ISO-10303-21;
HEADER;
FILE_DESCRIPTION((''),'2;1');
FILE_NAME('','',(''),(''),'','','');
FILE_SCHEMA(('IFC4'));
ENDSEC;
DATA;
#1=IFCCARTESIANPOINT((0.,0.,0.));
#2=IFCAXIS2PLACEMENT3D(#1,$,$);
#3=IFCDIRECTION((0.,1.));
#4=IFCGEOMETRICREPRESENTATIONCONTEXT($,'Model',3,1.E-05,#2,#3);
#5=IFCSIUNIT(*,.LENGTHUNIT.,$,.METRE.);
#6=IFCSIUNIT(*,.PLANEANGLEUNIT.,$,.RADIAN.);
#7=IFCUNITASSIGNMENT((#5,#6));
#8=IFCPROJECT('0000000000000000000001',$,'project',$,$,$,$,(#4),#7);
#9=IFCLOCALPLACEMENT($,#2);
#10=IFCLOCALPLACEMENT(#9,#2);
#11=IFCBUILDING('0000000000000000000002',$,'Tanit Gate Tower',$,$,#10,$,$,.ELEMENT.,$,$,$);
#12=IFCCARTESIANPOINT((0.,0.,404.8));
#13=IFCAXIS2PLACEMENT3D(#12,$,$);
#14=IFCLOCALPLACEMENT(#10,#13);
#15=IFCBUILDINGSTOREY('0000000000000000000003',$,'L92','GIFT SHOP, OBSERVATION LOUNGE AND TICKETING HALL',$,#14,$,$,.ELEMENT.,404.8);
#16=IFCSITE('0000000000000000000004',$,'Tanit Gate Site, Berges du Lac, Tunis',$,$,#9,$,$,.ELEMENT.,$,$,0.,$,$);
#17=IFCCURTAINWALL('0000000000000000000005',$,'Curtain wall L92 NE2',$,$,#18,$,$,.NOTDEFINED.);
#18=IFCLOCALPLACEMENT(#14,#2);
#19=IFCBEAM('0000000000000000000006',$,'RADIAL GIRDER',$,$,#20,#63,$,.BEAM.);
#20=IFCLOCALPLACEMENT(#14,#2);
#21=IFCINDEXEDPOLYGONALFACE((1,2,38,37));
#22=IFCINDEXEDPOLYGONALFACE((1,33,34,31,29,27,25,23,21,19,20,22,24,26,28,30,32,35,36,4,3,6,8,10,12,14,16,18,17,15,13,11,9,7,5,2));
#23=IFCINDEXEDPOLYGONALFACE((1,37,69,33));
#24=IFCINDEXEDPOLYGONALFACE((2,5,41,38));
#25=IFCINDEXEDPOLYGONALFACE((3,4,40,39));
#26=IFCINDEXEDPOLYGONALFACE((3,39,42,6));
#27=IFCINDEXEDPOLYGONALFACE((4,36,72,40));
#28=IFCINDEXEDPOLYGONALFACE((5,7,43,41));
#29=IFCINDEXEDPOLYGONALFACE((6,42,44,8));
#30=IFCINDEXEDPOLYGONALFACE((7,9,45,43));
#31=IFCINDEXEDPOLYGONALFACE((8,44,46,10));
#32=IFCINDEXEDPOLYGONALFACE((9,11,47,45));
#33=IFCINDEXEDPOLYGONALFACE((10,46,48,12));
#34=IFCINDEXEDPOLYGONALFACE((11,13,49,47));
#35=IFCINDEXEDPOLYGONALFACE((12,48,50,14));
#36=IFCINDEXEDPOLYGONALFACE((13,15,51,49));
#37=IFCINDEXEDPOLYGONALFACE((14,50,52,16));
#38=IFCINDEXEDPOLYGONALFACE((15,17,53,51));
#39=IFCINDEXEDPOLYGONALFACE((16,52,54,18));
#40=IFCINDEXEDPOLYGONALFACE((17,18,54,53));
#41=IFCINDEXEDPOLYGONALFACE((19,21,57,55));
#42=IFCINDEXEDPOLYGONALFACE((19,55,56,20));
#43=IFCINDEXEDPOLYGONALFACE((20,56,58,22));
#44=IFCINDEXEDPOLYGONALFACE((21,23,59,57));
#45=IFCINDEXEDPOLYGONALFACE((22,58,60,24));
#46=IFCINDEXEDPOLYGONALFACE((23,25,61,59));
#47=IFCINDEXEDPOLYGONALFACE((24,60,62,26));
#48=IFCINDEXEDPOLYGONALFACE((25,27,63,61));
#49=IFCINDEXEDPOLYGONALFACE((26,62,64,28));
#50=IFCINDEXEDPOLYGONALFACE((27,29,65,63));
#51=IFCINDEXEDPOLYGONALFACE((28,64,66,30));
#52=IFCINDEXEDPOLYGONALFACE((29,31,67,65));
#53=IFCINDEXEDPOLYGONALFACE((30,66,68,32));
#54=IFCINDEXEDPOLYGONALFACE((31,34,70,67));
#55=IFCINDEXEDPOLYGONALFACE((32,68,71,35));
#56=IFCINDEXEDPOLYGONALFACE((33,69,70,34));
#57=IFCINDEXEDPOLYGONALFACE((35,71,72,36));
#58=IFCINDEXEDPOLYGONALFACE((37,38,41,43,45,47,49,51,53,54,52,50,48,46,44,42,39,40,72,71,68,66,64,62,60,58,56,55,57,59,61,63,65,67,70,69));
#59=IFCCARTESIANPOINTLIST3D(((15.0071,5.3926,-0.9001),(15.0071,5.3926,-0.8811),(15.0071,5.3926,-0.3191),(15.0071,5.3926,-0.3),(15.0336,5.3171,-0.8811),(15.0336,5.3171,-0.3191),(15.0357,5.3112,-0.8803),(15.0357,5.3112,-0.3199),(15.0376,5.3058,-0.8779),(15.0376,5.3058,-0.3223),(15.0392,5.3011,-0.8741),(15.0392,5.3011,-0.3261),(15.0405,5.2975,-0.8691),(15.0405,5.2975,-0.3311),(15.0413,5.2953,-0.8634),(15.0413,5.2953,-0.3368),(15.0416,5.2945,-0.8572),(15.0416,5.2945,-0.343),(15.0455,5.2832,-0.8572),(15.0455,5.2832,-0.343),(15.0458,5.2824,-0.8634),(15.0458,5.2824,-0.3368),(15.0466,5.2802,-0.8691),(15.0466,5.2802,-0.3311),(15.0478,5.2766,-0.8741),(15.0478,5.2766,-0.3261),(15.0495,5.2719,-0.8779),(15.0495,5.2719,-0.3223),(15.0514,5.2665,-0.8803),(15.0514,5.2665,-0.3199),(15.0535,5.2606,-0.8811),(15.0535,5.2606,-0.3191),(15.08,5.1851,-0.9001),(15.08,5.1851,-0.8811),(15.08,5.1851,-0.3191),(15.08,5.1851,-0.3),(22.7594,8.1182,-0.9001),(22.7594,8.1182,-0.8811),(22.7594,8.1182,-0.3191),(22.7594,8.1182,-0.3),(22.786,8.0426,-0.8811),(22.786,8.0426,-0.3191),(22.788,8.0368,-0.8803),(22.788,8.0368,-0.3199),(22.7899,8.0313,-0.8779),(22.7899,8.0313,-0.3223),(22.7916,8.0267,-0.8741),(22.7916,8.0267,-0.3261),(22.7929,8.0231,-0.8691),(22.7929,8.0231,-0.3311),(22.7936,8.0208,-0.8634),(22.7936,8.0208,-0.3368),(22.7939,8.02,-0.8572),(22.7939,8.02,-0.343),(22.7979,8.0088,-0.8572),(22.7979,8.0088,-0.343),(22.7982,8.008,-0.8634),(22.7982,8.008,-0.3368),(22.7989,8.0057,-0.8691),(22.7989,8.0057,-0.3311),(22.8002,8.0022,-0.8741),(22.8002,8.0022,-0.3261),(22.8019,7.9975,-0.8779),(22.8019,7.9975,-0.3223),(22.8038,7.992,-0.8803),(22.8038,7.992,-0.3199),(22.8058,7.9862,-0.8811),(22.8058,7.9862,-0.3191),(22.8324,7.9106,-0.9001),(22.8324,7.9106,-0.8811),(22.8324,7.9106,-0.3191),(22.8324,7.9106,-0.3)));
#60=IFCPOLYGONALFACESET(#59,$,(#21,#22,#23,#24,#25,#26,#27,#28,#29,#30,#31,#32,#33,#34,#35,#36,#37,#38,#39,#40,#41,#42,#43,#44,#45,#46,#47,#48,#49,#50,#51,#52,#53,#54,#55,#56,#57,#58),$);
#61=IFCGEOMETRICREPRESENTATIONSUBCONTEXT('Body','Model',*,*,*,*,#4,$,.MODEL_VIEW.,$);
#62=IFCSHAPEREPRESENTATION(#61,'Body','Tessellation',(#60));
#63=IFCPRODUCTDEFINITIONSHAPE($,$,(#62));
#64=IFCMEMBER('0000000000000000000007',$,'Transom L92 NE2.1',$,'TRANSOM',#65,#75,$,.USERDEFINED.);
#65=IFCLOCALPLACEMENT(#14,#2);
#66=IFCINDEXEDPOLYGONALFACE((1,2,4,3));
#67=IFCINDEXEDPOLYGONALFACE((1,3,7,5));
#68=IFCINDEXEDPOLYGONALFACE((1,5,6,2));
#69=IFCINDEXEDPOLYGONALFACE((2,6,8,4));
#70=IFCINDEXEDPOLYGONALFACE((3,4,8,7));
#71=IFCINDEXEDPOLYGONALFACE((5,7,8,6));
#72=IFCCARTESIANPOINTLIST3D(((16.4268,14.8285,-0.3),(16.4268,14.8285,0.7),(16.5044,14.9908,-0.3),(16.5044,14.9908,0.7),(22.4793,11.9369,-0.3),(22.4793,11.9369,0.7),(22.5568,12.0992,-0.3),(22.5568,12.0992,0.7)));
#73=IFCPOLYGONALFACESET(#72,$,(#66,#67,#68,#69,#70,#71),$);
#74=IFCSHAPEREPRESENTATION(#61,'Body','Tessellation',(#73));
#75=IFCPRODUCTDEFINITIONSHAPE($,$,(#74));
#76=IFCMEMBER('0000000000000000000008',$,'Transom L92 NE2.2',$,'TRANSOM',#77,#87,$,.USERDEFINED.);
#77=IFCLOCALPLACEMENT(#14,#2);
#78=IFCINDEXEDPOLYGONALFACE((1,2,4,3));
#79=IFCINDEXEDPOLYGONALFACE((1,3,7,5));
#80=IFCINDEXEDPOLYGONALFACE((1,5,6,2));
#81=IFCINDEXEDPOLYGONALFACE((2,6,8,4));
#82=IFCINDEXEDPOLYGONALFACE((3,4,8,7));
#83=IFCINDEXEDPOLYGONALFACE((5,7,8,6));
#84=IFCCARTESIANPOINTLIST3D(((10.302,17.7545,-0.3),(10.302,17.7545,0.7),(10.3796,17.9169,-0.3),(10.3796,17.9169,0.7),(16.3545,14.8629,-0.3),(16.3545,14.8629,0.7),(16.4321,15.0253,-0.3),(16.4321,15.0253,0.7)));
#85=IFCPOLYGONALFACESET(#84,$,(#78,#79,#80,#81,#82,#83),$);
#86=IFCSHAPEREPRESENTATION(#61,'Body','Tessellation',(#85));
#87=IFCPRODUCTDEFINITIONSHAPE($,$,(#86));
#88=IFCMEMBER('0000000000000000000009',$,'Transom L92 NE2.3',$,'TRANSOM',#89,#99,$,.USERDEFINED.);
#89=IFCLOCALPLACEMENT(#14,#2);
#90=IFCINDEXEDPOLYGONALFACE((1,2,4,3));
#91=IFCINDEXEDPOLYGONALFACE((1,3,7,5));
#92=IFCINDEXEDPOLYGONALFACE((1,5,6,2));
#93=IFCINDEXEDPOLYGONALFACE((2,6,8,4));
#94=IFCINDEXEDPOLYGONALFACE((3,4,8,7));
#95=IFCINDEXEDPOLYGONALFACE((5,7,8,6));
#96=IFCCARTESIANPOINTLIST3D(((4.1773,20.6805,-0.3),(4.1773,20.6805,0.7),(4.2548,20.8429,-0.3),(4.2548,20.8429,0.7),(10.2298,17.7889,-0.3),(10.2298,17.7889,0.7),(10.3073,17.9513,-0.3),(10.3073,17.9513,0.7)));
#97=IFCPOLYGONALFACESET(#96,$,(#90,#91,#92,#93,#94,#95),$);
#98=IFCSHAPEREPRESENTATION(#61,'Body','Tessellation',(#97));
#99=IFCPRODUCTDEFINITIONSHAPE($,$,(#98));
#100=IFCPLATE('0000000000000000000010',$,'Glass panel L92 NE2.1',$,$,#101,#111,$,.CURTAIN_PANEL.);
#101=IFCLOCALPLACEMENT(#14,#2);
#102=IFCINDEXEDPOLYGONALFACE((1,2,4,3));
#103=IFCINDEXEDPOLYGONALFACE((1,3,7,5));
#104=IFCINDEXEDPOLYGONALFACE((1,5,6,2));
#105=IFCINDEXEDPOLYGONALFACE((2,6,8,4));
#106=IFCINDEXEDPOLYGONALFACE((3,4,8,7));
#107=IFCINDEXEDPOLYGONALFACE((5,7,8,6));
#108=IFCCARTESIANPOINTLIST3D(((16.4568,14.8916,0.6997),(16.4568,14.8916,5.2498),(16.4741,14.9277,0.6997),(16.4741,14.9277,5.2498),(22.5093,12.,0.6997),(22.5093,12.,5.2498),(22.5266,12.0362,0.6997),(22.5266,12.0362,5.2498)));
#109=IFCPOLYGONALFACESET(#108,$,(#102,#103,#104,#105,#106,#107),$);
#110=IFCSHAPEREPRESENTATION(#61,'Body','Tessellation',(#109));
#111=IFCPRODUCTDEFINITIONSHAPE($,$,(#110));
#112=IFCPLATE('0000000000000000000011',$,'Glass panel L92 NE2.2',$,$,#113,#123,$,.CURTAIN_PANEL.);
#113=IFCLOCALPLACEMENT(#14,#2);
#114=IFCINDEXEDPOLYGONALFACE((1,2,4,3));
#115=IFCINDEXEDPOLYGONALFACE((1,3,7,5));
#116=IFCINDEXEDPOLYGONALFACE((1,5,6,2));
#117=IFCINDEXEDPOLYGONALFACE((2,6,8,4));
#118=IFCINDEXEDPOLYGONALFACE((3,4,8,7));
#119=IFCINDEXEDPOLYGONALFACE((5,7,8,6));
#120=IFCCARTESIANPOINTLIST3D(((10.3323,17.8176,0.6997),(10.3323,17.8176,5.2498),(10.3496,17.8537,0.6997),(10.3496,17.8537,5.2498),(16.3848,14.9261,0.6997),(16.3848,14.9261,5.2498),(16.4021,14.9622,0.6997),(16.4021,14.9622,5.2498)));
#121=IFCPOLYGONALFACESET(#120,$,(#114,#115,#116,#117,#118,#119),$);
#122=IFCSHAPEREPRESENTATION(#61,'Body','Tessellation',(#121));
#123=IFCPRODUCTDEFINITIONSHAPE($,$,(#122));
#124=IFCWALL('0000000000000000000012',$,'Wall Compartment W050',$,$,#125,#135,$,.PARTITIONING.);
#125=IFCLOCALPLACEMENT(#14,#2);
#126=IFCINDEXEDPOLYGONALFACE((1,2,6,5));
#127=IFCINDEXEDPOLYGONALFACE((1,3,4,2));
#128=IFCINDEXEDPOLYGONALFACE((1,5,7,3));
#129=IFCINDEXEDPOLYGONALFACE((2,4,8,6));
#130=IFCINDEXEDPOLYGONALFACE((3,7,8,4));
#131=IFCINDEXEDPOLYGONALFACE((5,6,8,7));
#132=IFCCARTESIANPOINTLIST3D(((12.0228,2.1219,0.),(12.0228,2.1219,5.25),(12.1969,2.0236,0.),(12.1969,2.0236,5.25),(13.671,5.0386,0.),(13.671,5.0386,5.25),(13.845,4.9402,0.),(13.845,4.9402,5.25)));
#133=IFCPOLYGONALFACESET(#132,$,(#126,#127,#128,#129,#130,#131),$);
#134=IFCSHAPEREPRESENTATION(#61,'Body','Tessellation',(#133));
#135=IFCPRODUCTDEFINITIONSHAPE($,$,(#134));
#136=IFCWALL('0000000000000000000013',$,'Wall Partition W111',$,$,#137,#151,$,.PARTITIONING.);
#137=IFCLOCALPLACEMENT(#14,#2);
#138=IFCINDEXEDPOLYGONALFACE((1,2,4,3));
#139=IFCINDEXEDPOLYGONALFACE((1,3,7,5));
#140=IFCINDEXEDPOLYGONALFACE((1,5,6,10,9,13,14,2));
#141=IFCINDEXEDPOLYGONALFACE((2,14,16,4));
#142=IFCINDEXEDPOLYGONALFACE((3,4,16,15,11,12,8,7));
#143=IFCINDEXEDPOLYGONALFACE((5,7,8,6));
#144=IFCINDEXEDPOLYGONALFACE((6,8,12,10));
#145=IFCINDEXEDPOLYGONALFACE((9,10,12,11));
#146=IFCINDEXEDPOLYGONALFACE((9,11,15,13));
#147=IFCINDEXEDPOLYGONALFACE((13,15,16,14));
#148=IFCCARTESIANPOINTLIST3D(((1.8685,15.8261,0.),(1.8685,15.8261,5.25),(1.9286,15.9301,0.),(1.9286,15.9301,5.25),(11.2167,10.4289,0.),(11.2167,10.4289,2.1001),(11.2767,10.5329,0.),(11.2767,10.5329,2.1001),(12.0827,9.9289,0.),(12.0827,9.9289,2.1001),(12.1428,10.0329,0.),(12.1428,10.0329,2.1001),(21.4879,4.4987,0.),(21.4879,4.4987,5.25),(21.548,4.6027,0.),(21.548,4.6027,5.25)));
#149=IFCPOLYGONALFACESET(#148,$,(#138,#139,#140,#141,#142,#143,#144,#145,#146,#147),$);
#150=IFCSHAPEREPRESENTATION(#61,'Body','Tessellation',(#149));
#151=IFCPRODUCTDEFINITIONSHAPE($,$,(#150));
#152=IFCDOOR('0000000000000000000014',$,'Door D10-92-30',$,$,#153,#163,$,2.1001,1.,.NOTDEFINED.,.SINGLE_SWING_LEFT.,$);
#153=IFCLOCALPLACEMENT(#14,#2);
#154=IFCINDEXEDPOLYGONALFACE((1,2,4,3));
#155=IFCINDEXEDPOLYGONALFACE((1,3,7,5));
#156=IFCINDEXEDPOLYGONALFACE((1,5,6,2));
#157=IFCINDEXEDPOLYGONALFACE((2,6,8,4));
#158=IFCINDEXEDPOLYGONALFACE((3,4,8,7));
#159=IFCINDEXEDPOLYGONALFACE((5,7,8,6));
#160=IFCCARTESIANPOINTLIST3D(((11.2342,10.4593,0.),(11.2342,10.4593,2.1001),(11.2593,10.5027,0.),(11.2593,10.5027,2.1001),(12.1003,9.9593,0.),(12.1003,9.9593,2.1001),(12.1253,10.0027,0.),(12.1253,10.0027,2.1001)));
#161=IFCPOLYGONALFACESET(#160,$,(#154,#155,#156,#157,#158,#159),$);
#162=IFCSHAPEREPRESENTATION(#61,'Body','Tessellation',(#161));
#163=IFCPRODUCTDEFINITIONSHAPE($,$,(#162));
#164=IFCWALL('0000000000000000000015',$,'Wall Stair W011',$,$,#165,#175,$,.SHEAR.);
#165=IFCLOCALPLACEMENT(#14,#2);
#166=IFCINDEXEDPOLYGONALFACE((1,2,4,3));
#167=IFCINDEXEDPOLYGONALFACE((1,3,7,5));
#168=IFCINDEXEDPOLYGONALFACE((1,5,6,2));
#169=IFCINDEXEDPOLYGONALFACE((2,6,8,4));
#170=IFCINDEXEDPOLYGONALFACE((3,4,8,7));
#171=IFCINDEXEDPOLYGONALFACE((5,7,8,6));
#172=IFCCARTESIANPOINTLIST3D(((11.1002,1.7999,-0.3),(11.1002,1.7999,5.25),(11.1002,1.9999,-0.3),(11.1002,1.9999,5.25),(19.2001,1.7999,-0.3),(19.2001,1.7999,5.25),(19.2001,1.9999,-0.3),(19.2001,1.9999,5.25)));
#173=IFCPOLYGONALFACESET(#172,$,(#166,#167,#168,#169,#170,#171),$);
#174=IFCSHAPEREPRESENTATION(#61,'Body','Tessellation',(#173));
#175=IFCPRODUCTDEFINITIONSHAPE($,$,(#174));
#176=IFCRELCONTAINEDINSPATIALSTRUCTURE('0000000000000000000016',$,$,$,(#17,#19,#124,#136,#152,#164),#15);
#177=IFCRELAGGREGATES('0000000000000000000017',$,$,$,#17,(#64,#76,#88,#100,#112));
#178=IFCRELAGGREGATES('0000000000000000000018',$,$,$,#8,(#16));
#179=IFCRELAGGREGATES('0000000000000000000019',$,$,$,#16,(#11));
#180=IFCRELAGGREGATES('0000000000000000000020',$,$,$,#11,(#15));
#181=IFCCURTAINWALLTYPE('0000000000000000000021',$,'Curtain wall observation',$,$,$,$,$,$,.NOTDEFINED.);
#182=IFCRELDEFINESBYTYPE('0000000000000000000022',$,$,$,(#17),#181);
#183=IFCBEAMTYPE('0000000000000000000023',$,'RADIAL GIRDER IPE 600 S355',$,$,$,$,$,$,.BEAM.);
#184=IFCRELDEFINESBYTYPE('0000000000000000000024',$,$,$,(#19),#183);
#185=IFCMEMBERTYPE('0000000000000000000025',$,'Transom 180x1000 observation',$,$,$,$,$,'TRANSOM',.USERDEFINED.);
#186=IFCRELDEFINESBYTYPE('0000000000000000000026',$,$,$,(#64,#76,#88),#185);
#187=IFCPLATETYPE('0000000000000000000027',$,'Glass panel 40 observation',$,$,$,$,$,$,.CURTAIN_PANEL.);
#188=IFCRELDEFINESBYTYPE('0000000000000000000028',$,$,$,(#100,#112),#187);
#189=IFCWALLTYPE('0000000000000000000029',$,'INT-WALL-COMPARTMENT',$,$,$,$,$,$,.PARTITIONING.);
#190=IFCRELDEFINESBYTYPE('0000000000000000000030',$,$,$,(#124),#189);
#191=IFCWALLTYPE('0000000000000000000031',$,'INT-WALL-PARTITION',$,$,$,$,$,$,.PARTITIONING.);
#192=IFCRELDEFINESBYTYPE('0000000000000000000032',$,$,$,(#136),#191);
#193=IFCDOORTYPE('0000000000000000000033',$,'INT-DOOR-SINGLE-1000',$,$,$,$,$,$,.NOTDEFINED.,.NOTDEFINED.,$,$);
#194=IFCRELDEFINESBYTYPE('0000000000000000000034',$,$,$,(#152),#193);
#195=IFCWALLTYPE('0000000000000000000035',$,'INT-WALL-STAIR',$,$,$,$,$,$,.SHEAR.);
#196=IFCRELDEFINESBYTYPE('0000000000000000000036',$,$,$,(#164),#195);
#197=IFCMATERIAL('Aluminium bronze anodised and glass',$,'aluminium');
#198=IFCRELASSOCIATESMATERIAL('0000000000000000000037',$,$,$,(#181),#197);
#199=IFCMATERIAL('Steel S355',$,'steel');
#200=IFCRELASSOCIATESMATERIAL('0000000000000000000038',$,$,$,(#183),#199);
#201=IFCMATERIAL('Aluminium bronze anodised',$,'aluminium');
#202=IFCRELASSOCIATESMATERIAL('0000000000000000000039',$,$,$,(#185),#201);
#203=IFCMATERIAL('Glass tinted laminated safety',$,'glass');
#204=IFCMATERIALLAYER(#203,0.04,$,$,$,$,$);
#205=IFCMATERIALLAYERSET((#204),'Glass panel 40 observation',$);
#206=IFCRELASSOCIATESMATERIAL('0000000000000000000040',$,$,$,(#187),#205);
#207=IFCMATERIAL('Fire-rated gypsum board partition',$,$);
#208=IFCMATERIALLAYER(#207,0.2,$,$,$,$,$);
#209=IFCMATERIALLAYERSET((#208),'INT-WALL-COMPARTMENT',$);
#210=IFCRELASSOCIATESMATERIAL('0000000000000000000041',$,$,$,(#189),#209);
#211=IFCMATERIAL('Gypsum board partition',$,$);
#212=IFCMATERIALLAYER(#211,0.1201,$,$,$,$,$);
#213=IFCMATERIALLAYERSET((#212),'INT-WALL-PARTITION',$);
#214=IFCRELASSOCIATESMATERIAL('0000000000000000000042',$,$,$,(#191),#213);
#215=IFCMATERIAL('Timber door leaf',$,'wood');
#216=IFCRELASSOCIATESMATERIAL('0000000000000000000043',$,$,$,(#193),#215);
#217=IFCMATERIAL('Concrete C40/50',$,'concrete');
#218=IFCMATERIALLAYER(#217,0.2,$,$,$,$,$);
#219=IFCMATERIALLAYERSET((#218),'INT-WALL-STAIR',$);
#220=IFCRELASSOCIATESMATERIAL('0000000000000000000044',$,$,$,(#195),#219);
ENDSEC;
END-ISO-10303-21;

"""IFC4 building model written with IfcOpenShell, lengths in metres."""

from ifc_helpers import new_model, si_unit, direction, frame, frame_2d, origin, origin_2d, place, context, subcontext, project, spatial, rectangle, i_section, extrude, material, layer, layer_set, material_profile, profile_set, type_object, element, fill, aggregate, save


model = new_model("IFC4")

# Units and contexts
model_context = context("Model", 3, precision=1e-05, world=origin(), true_north=direction((0.0, 1.0)))
body_context = subcontext(model_context, "Body", "Model", "MODEL_VIEW")
ifc_project = project(units=[si_unit("LENGTHUNIT", "METRE"), si_unit("PLANEANGLEUNIT", "RADIAN")], contexts=[model_context])

# Site, building, storey
site_placement = place(None, origin())
site = spatial("IfcSite", under=ifc_project, at=site_placement, Name="Tanit Gate Site, Berges du Lac, Tunis", CompositionType="ELEMENT", RefElevation=0.0)
building_placement = place(site_placement, origin())
building = spatial("IfcBuilding", under=site, at=building_placement, Name="Tanit Gate Tower", CompositionType="ELEMENT")
storey_placement = place(building_placement, frame((0.0, 0.0, 404.8)))
storey = spatial("IfcBuildingStorey", under=building, at=storey_placement, Name="L92", Description="GIFT SHOP, OBSERVATION LOUNGE AND TICKETING HALL", CompositionType="ELEMENT", Elevation=404.8)

# Shared definitions
ifc_material_1 = material(Name="Aluminium bronze anodised and glass", Category="aluminium")
curtain_wall_type = type_object("IfcCurtainWallType", Name="Curtain wall observation", PredefinedType="NOTDEFINED", material=ifc_material_1)

# Curtain wall
curtain_wall_1_placement = place(storey_placement, origin())
curtain_wall_1 = element("IfcCurtainWall", 1, at=curtain_wall_1_placement, inside=storey, type_object=curtain_wall_type, Name="Curtain wall L92 NE2", PredefinedType="NOTDEFINED")

# Beam
ifc_material_2 = material(Name="Steel S355", Category="steel")
ifc_material_profile_1 = material_profile(ifc_material_2, i_section(OverallWidth=0.22, OverallDepth=0.6001, WebThickness=0.012, FlangeThickness=0.019, FilletRadius=0.0239, at=origin_2d()), Name="IPE 600")
ifc_profile_set_1 = profile_set([ifc_material_profile_1], Name="Steel S355")
beam_type_1 = type_object("IfcBeamType", Name="RADIAL GIRDER IPE 600 S355", PredefinedType="BEAM", material=ifc_profile_set_1)
beam_1_placement = place(storey_placement, frame((22.7959, 8.0144, -0.6001), z_axis=(-0.943393, -0.331676, 0.0), x_axis=(0.331676, -0.943393, 0.0)))
element("IfcBeam", 2, at=beam_1_placement, inside=storey, type_object=beam_type_1, Name="RADIAL GIRDER", PredefinedType="BEAM", context=body_context, shape_type="SweptSolid", body=[
    extrude(i_section(OverallWidth=0.22, OverallDepth=0.6001, WebThickness=0.012, FlangeThickness=0.019, FilletRadius=0.0239, at=origin_2d()), origin(), (0.0, 0.0, 1.0), 8.2175),
])

# Members
ifc_material_3 = material(Name="Aluminium bronze anodised", Category="aluminium")
ifc_material_profile_2 = material_profile(ifc_material_3, rectangle(XDim=0.1799, YDim=1.0, at=origin_2d()), Name="180x1000 bronze transom")
ifc_profile_set_2 = profile_set([ifc_material_profile_2], Name="Aluminium bronze anodised")
member_type_1 = type_object("IfcMemberType", Name="Transom 180x1000 observation", ElementType="TRANSOM", PredefinedType="USERDEFINED", material=ifc_profile_set_2)
member_1_placement = place(storey_placement, frame((22.5181, 12.0181, 0.2), z_axis=(-0.902312, 0.431083, 0.0), x_axis=(-0.431083, -0.902312, 0.0)))
member_1 = element("IfcMember", 3, at=member_1_placement, type_object=member_type_1, Name="Transom L92 NE2.1", ObjectType="TRANSOM", PredefinedType="USERDEFINED", context=body_context, shape_type="SweptSolid", body=[
    extrude(rectangle(XDim=0.1799, YDim=1.0, at=origin_2d()), origin(), (0.0, 0.0, 1.0), 6.7078),
])
member_2_placement = place(storey_placement, frame((16.3933, 14.9441, 0.2), z_axis=(-0.902312, 0.431083, 0.0), x_axis=(-0.431083, -0.902312, 0.0)))
member_2 = element("IfcMember", 4, at=member_2_placement, type_object=member_type_1, Name="Transom L92 NE2.2", ObjectType="TRANSOM", PredefinedType="USERDEFINED", context=body_context, shape_type="SweptSolid", body=[
    extrude(rectangle(XDim=0.1799, YDim=1.0, at=origin_2d()), origin(), (0.0, 0.0, 1.0), 6.7078),
])
member_3_placement = place(storey_placement, frame((10.2686, 17.8701, 0.2), z_axis=(-0.902312, 0.431083, 0.0), x_axis=(-0.431083, -0.902312, 0.0)))
member_3 = element("IfcMember", 5, at=member_3_placement, type_object=member_type_1, Name="Transom L92 NE2.3", ObjectType="TRANSOM", PredefinedType="USERDEFINED", context=body_context, shape_type="SweptSolid", body=[
    extrude(rectangle(XDim=0.1799, YDim=1.0, at=origin_2d()), origin(), (0.0, 0.0, 1.0), 6.7078),
])

# Plates
ifc_material_4 = material(Name="Glass tinted laminated safety", Category="glass")
ifc_layer_1 = layer(ifc_material_4, 0.04)
ifc_layer_set_1 = layer_set([ifc_layer_1], Name="Glass panel 40 observation")
plate_type = type_object("IfcPlateType", Name="Glass panel 40 observation", PredefinedType="CURTAIN_PANEL", material=ifc_layer_set_1)
plate_1_placement = place(storey_placement, frame((19.4917, 13.4639, 0.6997), z_axis=(0.0, 0.0, 1.0), x_axis=(-0.902317, 0.431073, 0.0)))
plate_1 = element("IfcPlate", 6, at=plate_1_placement, type_object=plate_type, Name="Glass panel L92 NE2.1", PredefinedType="CURTAIN_PANEL", context=body_context, shape_type="SweptSolid", body=[
    extrude(rectangle(XDim=6.7078, YDim=0.04, at=origin_2d()), origin(), (0.0, 0.0, 1.0), 4.55),
])
plate_2_placement = place(storey_placement, frame((13.3672, 16.3899, 0.6997), z_axis=(0.0, 0.0, 1.0), x_axis=(-0.902317, 0.431073, 0.0)))
plate_2 = element("IfcPlate", 7, at=plate_2_placement, type_object=plate_type, Name="Glass panel L92 NE2.2", PredefinedType="CURTAIN_PANEL", context=body_context, shape_type="SweptSolid", body=[
    extrude(rectangle(XDim=6.7078, YDim=0.04, at=origin_2d()), origin(), (0.0, 0.0, 1.0), 4.55),
])
aggregate(curtain_wall_1, [member_1, member_2, member_3, plate_1, plate_2])

# Wall
ifc_material_5 = material(Name="Fire-rated gypsum board partition")
ifc_layer_2 = layer(ifc_material_5, 0.2)
ifc_layer_set_2 = layer_set([ifc_layer_2], Name="INT-WALL-COMPARTMENT")
wall_type_1 = type_object("IfcWallType", Name="INT-WALL-COMPARTMENT", PredefinedType="PARTITIONING", material=ifc_layer_set_2)
wall_1_placement = place(storey_placement, frame((12.1099, 2.0728, 0.0), z_axis=(0.0, 0.0, 1.0), x_axis=(0.491966, 0.870614, 0.0)))
element("IfcWall", 8, at=wall_1_placement, inside=storey, type_object=wall_type_1, Name="Wall Compartment W050", PredefinedType="PARTITIONING", context=body_context, shape_type="SweptSolid", body=[
    extrude(rectangle(XDim=3.3501, YDim=0.2, at=frame_2d((1.675, 0.0))), origin(), (0.0, 0.0, 1.0), 5.25),
])

# Wall, opening, door
ifc_material_6 = material(Name="Gypsum board partition")
ifc_layer_3 = layer(ifc_material_6, 0.1201)
ifc_layer_set_3 = layer_set([ifc_layer_3], Name="INT-WALL-PARTITION")
wall_type_2 = type_object("IfcWallType", Name="INT-WALL-PARTITION", PredefinedType="PARTITIONING", material=ifc_layer_set_3)
wall_2_placement = place(storey_placement, frame((21.5178, 4.5508, 0.0), z_axis=(0.0, 0.0, 1.0), x_axis=(-0.866023, 0.500004, 0.0)))
wall_2 = element("IfcWall", 9, at=wall_2_placement, inside=storey, type_object=wall_type_2, Name="Wall Partition W111", PredefinedType="PARTITIONING", context=body_context, shape_type="SweptSolid", body=[
    extrude(rectangle(XDim=22.6545, YDim=0.1201, at=frame_2d((11.3271, 0.0))), origin(), (0.0, 0.0, 1.0), 5.25),
])
opening_1_placement = place(wall_2_placement, frame((10.8601, 0.0, 0.0)))
opening_1 = element("IfcOpeningElement", 10, at=opening_1_placement, cuts=wall_2, PredefinedType="OPENING", context=body_context, shape_type="SweptSolid", body=[
    extrude(rectangle(XDim=1.0, YDim=2.1001, at=frame_2d((0.5, 1.05))), frame((0.0, 0.0701, 0.0), z_axis=(0.0, -1.0, 0.0), x_axis=(1.0, 0.0, 0.0)), (0.0, 0.0, 1.0), 0.1401),
])
ifc_material_7 = material(Name="Timber door leaf", Category="wood")
door_type_1 = type_object("IfcDoorType", Name="INT-DOOR-SINGLE-1000", OperationType="NOTDEFINED", PredefinedType="NOTDEFINED", material=ifc_material_7)
door_1_placement = place(opening_1_placement, origin())
door_1 = element("IfcDoor", 11, at=door_1_placement, inside=storey, type_object=door_type_1, Name="Door D10-92-30", OperationType="SINGLE_SWING_LEFT", OverallHeight=2.1001, OverallWidth=1.0, PredefinedType="NOTDEFINED", context=body_context, shape_type="SweptSolid", body=[
    extrude(rectangle(XDim=1.0, YDim=2.1001, at=frame_2d((0.5, 1.05))), frame((0.0, 0.0249, 0.0), z_axis=(0.0, -1.0, 0.0), x_axis=(1.0, 0.0, 0.0)), (0.0, 0.0, 1.0), 0.05),
])
fill(opening_1, door_1)

# Wall
ifc_material_8 = material(Name="Concrete C40/50", Category="concrete")
ifc_layer_4 = layer(ifc_material_8, 0.2)
ifc_layer_set_4 = layer_set([ifc_layer_4], Name="INT-WALL-STAIR")
wall_type_3 = type_object("IfcWallType", Name="INT-WALL-STAIR", PredefinedType="SHEAR", material=ifc_layer_set_4)
wall_3_placement = place(storey_placement, frame((19.2, 1.8999, -0.3), z_axis=(0.0, 0.0, 1.0), x_axis=(-1.0, 0.0, 0.0)))
element("IfcWall", 12, at=wall_3_placement, inside=storey, type_object=wall_type_3, Name="Wall Stair W011", PredefinedType="SHEAR", context=body_context, shape_type="SweptSolid", body=[
    extrude(rectangle(XDim=8.0999, YDim=0.2, at=frame_2d((4.0498, 0.0))), origin(), (0.0, 0.0, 1.0), 5.55),
])

save(model, "model.ifc")
